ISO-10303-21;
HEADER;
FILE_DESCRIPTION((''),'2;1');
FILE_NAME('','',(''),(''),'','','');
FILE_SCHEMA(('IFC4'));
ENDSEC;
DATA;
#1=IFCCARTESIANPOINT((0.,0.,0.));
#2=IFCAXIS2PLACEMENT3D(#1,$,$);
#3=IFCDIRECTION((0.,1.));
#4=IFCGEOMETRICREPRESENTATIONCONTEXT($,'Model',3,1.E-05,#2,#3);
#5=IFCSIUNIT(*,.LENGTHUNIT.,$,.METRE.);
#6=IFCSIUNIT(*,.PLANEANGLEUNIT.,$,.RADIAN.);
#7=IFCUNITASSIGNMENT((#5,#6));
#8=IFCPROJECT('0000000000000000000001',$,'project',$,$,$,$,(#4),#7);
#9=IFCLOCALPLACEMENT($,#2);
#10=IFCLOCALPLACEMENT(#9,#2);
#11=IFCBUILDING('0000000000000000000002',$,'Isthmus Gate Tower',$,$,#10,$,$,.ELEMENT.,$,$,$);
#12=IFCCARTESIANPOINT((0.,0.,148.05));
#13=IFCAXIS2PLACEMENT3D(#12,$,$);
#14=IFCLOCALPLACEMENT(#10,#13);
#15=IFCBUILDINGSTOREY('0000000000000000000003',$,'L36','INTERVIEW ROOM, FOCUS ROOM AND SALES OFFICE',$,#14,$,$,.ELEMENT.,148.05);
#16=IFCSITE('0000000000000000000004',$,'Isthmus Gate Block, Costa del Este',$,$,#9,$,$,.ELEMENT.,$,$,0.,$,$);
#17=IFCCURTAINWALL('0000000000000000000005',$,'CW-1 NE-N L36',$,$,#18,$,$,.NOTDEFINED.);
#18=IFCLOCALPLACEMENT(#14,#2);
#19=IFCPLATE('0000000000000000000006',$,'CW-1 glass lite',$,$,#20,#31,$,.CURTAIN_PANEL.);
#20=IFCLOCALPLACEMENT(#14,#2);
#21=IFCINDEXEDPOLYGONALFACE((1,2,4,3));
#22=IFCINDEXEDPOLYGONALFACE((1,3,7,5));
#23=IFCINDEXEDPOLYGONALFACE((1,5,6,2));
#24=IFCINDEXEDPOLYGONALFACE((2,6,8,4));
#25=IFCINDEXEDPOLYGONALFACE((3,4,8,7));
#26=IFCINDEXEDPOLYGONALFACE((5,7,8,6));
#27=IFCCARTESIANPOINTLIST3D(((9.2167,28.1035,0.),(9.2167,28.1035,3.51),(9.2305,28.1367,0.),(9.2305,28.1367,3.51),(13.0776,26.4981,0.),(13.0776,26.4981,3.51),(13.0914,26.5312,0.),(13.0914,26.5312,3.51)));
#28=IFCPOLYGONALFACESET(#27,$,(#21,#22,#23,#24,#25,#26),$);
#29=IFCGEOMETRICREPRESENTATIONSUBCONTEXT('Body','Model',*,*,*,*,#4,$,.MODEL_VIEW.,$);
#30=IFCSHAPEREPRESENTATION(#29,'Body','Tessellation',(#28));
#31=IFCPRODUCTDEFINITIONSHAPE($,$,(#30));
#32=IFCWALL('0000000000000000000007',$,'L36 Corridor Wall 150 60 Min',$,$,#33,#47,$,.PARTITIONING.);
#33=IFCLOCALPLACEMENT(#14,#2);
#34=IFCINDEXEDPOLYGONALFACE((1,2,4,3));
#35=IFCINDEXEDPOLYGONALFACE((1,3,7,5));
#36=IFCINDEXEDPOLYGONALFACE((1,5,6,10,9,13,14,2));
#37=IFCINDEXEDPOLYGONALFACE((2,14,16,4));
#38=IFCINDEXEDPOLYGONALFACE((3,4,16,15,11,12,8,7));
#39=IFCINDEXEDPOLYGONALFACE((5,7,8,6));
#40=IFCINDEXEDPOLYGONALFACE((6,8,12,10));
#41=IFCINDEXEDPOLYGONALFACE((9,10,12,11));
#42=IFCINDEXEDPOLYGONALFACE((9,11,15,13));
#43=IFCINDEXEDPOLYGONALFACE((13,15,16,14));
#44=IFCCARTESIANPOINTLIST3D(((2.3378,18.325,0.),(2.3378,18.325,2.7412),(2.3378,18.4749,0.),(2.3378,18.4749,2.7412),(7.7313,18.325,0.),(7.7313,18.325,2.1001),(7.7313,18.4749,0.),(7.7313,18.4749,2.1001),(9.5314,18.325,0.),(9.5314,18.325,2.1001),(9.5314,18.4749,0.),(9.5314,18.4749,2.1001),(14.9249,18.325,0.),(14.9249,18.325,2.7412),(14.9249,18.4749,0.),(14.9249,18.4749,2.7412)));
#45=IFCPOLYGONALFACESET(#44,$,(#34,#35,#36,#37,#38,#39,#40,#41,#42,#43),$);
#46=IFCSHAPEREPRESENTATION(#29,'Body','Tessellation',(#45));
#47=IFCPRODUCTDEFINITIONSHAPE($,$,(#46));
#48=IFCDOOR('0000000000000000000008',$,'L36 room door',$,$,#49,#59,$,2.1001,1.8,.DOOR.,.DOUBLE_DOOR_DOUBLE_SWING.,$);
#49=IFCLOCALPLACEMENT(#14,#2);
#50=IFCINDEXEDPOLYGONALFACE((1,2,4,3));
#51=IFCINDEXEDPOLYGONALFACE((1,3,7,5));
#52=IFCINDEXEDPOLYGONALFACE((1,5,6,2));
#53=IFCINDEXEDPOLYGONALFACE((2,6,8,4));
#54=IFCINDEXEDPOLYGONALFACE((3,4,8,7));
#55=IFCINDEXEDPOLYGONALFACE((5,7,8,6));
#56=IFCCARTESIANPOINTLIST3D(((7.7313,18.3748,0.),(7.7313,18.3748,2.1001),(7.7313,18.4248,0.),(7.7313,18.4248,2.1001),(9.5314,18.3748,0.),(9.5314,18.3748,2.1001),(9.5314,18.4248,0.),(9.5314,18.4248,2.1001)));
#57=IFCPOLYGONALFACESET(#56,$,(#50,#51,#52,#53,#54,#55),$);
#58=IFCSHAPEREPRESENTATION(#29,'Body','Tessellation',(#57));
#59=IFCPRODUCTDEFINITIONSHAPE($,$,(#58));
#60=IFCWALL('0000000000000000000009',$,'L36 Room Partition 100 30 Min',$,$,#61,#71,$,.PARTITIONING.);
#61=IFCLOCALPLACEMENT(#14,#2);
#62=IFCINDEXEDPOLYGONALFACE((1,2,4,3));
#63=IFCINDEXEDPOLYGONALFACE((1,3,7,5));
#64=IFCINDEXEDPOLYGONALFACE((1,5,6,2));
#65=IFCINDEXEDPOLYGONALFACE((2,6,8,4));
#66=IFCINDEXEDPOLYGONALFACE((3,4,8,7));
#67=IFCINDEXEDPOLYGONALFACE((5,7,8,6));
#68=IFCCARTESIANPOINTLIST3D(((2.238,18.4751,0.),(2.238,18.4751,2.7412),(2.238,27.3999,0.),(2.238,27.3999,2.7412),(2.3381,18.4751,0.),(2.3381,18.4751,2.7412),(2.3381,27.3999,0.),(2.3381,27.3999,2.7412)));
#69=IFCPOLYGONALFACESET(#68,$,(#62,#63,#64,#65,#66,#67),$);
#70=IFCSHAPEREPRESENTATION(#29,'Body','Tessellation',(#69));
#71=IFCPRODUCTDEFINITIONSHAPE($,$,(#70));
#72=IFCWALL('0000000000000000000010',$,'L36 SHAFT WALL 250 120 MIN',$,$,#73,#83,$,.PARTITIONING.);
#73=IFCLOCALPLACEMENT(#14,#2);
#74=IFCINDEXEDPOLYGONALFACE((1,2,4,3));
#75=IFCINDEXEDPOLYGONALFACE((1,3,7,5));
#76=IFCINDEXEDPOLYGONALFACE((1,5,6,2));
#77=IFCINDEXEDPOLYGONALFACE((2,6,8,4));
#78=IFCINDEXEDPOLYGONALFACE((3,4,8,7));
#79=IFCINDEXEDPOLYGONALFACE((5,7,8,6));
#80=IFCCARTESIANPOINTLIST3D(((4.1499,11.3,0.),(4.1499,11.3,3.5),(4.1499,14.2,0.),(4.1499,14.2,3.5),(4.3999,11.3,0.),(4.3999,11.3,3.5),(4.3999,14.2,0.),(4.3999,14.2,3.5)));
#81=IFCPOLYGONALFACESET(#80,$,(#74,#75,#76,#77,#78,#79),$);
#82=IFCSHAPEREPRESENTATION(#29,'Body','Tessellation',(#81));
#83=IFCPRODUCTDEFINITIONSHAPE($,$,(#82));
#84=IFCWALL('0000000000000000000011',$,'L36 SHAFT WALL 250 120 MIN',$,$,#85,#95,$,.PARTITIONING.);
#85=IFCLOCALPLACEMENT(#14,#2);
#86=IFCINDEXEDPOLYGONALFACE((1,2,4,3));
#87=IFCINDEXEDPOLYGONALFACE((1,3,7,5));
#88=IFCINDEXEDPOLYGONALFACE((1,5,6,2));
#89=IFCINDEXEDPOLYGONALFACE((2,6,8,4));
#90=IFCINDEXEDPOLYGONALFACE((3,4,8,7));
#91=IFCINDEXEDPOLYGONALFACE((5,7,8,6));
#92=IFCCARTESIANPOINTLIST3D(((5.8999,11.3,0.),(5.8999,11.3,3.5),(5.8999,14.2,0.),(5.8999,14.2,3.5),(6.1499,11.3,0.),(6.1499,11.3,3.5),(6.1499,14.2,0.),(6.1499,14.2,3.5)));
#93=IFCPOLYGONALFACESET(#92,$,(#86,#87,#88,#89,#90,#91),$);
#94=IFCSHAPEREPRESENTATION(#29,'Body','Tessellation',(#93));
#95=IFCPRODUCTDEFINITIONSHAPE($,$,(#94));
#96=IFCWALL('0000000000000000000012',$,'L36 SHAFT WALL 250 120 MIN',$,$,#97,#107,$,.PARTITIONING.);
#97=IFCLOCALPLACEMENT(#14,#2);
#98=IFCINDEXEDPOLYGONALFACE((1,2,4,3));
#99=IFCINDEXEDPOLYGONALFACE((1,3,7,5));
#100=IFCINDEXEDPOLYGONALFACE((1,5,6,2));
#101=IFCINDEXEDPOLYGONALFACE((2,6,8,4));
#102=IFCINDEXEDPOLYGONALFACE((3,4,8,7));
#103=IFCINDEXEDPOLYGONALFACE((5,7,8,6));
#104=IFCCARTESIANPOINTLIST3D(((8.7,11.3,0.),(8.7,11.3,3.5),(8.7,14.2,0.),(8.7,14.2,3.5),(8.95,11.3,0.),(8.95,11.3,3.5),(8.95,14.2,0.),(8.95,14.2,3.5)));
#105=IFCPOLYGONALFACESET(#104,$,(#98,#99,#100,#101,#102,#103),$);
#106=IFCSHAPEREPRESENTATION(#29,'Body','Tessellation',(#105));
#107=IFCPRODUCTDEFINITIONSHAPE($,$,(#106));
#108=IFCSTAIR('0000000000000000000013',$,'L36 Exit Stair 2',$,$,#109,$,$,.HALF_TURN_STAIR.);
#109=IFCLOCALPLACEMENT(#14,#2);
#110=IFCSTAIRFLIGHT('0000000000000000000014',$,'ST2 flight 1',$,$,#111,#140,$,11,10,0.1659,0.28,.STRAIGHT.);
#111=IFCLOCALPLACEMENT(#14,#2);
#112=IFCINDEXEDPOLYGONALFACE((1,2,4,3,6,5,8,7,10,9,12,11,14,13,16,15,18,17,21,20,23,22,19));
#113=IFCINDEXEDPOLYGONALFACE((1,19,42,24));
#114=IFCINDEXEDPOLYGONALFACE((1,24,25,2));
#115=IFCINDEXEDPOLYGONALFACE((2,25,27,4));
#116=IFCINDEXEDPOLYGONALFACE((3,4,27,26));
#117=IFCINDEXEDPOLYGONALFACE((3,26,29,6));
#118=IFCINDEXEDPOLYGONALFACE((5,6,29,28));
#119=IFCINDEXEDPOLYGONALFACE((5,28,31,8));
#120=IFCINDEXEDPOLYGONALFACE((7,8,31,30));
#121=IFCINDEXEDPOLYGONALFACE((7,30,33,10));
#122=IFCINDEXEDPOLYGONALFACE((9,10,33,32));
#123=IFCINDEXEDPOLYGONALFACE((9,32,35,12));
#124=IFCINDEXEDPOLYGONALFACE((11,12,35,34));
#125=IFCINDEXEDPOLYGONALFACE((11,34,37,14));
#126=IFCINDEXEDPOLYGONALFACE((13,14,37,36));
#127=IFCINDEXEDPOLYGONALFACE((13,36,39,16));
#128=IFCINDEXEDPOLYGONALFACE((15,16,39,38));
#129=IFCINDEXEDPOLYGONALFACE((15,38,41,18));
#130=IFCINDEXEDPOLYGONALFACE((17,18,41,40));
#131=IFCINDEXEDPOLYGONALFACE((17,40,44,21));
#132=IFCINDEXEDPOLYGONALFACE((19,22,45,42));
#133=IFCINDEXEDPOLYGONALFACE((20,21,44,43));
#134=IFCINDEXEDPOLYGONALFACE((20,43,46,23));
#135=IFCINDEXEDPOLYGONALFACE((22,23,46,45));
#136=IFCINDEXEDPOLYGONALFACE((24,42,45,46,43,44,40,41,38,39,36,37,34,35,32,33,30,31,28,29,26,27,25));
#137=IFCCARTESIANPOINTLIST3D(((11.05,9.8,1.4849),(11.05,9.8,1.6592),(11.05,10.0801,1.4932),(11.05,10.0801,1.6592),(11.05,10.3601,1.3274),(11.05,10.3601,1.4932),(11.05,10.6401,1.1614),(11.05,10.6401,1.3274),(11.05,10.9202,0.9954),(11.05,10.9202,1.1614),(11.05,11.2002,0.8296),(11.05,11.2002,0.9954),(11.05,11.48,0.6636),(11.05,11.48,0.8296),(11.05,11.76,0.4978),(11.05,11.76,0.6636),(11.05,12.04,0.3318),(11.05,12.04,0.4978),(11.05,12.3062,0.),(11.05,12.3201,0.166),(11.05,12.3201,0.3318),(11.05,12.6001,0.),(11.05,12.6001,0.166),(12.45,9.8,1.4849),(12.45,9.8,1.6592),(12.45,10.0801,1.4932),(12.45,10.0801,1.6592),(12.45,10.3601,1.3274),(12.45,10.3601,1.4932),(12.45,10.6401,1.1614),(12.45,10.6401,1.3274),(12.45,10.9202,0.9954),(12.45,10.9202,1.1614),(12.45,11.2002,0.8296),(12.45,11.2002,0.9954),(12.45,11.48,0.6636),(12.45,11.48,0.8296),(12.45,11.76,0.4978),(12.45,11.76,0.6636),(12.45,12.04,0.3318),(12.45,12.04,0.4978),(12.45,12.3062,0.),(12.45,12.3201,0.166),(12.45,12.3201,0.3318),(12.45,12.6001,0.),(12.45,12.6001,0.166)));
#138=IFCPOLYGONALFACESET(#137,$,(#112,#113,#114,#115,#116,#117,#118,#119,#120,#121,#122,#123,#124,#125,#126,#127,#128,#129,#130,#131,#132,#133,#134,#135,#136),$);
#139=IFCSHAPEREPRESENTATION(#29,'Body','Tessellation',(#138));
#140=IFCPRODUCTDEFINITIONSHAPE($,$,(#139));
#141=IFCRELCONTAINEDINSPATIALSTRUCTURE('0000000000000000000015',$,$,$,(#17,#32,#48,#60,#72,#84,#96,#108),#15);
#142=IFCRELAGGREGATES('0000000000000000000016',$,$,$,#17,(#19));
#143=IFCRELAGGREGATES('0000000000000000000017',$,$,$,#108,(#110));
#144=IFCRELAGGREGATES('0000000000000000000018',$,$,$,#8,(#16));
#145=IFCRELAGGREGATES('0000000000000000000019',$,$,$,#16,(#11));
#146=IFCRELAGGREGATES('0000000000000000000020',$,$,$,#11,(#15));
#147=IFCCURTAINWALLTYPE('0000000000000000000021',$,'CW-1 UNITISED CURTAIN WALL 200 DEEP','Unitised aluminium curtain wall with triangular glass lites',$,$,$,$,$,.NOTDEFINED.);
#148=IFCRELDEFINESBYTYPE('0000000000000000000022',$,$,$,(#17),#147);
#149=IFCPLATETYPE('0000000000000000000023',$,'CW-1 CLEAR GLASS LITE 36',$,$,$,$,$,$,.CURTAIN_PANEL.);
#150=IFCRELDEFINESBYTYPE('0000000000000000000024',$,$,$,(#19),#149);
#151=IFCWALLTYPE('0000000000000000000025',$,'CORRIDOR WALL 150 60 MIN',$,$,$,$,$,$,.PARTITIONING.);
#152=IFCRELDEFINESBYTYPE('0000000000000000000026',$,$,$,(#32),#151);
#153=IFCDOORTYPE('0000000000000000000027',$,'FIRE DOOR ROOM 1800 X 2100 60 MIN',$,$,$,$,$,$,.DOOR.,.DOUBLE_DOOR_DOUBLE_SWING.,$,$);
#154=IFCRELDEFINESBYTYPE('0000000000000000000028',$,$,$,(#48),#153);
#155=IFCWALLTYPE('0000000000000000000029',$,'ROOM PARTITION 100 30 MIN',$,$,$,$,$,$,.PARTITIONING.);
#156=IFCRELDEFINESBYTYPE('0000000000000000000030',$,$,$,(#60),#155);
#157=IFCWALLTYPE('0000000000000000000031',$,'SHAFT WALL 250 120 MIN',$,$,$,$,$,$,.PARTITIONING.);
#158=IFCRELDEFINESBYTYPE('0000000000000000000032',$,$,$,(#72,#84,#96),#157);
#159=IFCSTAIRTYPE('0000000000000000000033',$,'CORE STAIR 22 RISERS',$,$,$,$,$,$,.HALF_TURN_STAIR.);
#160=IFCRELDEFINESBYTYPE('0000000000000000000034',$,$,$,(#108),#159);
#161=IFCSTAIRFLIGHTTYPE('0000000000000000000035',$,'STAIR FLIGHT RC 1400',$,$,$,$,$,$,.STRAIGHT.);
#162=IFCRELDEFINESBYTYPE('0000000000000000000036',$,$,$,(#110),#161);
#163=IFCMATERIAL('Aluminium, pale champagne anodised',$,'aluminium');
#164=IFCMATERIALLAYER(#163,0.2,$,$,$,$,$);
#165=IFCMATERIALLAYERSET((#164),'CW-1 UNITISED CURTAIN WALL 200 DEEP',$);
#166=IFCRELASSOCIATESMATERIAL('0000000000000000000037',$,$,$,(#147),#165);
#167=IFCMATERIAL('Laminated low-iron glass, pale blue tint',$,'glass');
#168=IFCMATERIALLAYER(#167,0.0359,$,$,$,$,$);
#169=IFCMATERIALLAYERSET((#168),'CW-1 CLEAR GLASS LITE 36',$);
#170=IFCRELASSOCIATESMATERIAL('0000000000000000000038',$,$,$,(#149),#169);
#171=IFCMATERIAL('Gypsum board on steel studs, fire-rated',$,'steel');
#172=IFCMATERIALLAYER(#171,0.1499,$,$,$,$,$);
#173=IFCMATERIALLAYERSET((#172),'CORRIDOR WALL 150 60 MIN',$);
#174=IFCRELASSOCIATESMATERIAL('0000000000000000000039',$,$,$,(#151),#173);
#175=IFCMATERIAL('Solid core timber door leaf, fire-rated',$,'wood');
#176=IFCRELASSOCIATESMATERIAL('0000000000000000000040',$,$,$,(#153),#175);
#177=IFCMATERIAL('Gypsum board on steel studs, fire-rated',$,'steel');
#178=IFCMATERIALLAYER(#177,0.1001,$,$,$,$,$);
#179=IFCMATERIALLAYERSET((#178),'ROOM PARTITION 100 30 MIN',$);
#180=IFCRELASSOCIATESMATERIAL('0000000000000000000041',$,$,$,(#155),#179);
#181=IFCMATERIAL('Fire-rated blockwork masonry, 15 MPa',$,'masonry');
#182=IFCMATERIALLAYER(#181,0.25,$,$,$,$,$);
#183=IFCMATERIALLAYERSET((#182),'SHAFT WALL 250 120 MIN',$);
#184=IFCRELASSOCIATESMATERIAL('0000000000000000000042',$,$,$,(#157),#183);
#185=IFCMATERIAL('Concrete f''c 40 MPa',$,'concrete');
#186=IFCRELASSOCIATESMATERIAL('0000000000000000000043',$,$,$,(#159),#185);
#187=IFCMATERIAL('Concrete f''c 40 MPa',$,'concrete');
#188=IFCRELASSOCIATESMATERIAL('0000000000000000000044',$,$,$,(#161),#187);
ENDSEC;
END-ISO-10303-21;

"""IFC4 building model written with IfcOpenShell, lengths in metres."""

from ifc_helpers import new_model, si_unit, direction, frame, frame_2d, origin, origin_2d, place, context, subcontext, project, spatial, polyline, rectangle, outline, extrude, material, layer, layer_set, type_object, element, fill, aggregate, save


model = new_model("IFC4")

# Units and contexts
model_context = context("Model", 3, precision=1e-05, world=origin(), true_north=direction((0.0, 1.0)))
body_context = subcontext(model_context, "Body", "Model", "MODEL_VIEW")
ifc_project = project(units=[si_unit("LENGTHUNIT", "METRE"), si_unit("PLANEANGLEUNIT", "RADIAN")], contexts=[model_context])

# Site, building, storey
site_placement = place(None, origin())
site = spatial("IfcSite", under=ifc_project, at=site_placement, Name="Isthmus Gate Block, Costa del Este", CompositionType="ELEMENT", RefElevation=0.0)
building_placement = place(site_placement, origin())
building = spatial("IfcBuilding", under=site, at=building_placement, Name="Isthmus Gate Tower", CompositionType="ELEMENT")
storey_placement = place(building_placement, frame((0.0, 0.0, 148.05)))
storey = spatial("IfcBuildingStorey", under=building, at=storey_placement, Name="L36", Description="INTERVIEW ROOM, FOCUS ROOM AND SALES OFFICE", CompositionType="ELEMENT", Elevation=148.05)

# Shared definitions
ifc_material_1 = material(Name="Aluminium, pale champagne anodised", Category="aluminium")
ifc_layer_1 = layer(ifc_material_1, 0.2)
ifc_layer_set_1 = layer_set([ifc_layer_1], Name="CW-1 UNITISED CURTAIN WALL 200 DEEP")
curtain_wall_type = type_object("IfcCurtainWallType", Name="CW-1 UNITISED CURTAIN WALL 200 DEEP", Description="Unitised aluminium curtain wall with triangular glass lites", PredefinedType="NOTDEFINED", material=ifc_layer_set_1)

# Curtain wall
curtain_wall_1_placement = place(storey_placement, origin())
curtain_wall_1 = element("IfcCurtainWall", 1, at=curtain_wall_1_placement, inside=storey, type_object=curtain_wall_type, Name="CW-1 NE-N L36", PredefinedType="NOTDEFINED")

# Plate
ifc_material_2 = material(Name="Laminated low-iron glass, pale blue tint", Category="glass")
ifc_layer_2 = layer(ifc_material_2, 0.0359)
ifc_layer_set_2 = layer_set([ifc_layer_2], Name="CW-1 CLEAR GLASS LITE 36")
plate_type = type_object("IfcPlateType", Name="CW-1 CLEAR GLASS LITE 36", PredefinedType="CURTAIN_PANEL", material=ifc_layer_set_2)
plate_1_placement = place(storey_placement, frame((11.1541, 27.3174, 0.0), z_axis=(0.0, 0.0, 1.0), x_axis=(-0.923353, 0.383952, 0.0)))
plate_1 = element("IfcPlate", 2, at=plate_1_placement, type_object=plate_type, Name="CW-1 glass lite", PredefinedType="CURTAIN_PANEL", context=body_context, shape_type="SweptSolid", body=[
    extrude(rectangle(XDim=4.1814, YDim=0.0359, at=origin_2d()), origin(), (0.0, 0.0, 1.0), 3.51),
])
aggregate(curtain_wall_1, [plate_1])

# Wall, opening, door
ifc_material_3 = material(Name="Gypsum board on steel studs, fire-rated", Category="steel")
ifc_layer_3 = layer(ifc_material_3, 0.1499)
ifc_layer_set_3 = layer_set([ifc_layer_3], Name="CORRIDOR WALL 150 60 MIN")
wall_type_1 = type_object("IfcWallType", Name="CORRIDOR WALL 150 60 MIN", PredefinedType="PARTITIONING", material=ifc_layer_set_3)
wall_1_placement = place(storey_placement, frame((2.3379, 18.3999, 0.0), z_axis=(0.0, 0.0, 1.0), x_axis=(1.0, 0.0, 0.0)))
wall_1 = element("IfcWall", 3, at=wall_1_placement, inside=storey, type_object=wall_type_1, Name="L36 Corridor Wall 150 60 Min", PredefinedType="PARTITIONING", context=body_context, shape_type="SweptSolid", body=[
    extrude(rectangle(XDim=12.5872, YDim=0.1499, at=frame_2d((6.2935, 0.0))), origin(), (0.0, 0.0, 1.0), 2.7412),
])
opening_placement = place(wall_1_placement, frame((5.3936, 0.0, 0.0)))
opening = element("IfcOpeningElement", 4, at=opening_placement, cuts=wall_1, PredefinedType="OPENING", context=body_context, shape_type="SweptSolid", body=[
    extrude(rectangle(XDim=1.8, YDim=2.1001, at=frame_2d((0.8999, 1.05))), frame((0.0, 0.085, 0.0), z_axis=(0.0, -1.0, 0.0), x_axis=(1.0, 0.0, 0.0)), (0.0, 0.0, 1.0), 0.1699),
])
ifc_material_4 = material(Name="Solid core timber door leaf, fire-rated", Category="wood")
door_type = type_object("IfcDoorType", Name="FIRE DOOR ROOM 1800 X 2100 60 MIN", OperationType="DOUBLE_DOOR_DOUBLE_SWING", PredefinedType="DOOR", material=ifc_material_4)
door_placement = place(opening_placement, origin())
door = element("IfcDoor", 5, at=door_placement, inside=storey, type_object=door_type, Name="L36 room door", OperationType="DOUBLE_DOOR_DOUBLE_SWING", OverallHeight=2.1001, OverallWidth=1.8, PredefinedType="DOOR", context=body_context, shape_type="SweptSolid", body=[
    extrude(rectangle(XDim=1.8, YDim=2.1001, at=frame_2d((0.8999, 1.05))), frame((0.0, 0.0249, 0.0), z_axis=(0.0, -1.0, 0.0), x_axis=(1.0, 0.0, 0.0)), (0.0, 0.0, 1.0), 0.05),
])
fill(opening, door)

# Walls
ifc_material_5 = material(Name="Gypsum board on steel studs, fire-rated", Category="steel")
ifc_layer_4 = layer(ifc_material_5, 0.1001)
ifc_layer_set_4 = layer_set([ifc_layer_4], Name="ROOM PARTITION 100 30 MIN")
wall_type_2 = type_object("IfcWallType", Name="ROOM PARTITION 100 30 MIN", PredefinedType="PARTITIONING", material=ifc_layer_set_4)
wall_2_placement = place(storey_placement, frame((2.2881, 18.4751, 0.0), z_axis=(0.0, 0.0, 1.0), x_axis=(0.0, 1.0, 0.0)))
element("IfcWall", 6, at=wall_2_placement, inside=storey, type_object=wall_type_2, Name="L36 Room Partition 100 30 Min", PredefinedType="PARTITIONING", context=body_context, shape_type="SweptSolid", body=[
    extrude(rectangle(XDim=8.9248, YDim=0.1001, at=frame_2d((4.4624, 0.0))), origin(), (0.0, 0.0, 1.0), 2.7412),
])
ifc_material_6 = material(Name="Fire-rated blockwork masonry, 15 MPa", Category="masonry")
ifc_layer_5 = layer(ifc_material_6, 0.25)
ifc_layer_set_5 = layer_set([ifc_layer_5], Name="SHAFT WALL 250 120 MIN")
wall_type_3 = type_object("IfcWallType", Name="SHAFT WALL 250 120 MIN", PredefinedType="PARTITIONING", material=ifc_layer_set_5)
for number, where, z_axis, x_axis, name in (
    (7, (4.2749, 11.3, 0.0), (0.0, 0.0, 1.0), (0.0, 1.0, 0.0), "L36 SHAFT WALL 250 120 MIN"),
    (8, (6.0249, 11.3, 0.0), (0.0, 0.0, 1.0), (0.0, 1.0, 0.0), "L36 SHAFT WALL 250 120 MIN"),
    (9, (8.825, 11.3, 0.0), (0.0, 0.0, 1.0), (0.0, 1.0, 0.0), "L36 SHAFT WALL 250 120 MIN"),
):
    element("IfcWall", number, at=place(storey_placement, frame(where, z_axis=z_axis, x_axis=x_axis)), inside=storey, type_object=wall_type_3, Name=name, PredefinedType="PARTITIONING", context=body_context, shape_type="SweptSolid", body=[
        extrude(rectangle(XDim=2.8999, YDim=0.25, at=frame_2d((1.45, 0.0))), origin(), (0.0, 0.0, 1.0), 3.5),
    ])

# Stair, stair flight
ifc_material_7 = material(Name="Concrete f'c 40 MPa", Category="concrete")
stair_type = type_object("IfcStairType", Name="CORE STAIR 22 RISERS", PredefinedType="HALF_TURN_STAIR", material=ifc_material_7)
stair_placement = place(storey_placement, origin())
stair = element("IfcStair", 10, at=stair_placement, inside=storey, type_object=stair_type, Name="L36 Exit Stair 2", PredefinedType="HALF_TURN_STAIR")
ifc_material_8 = material(Name="Concrete f'c 40 MPa", Category="concrete")
stair_flight_type = type_object("IfcStairFlightType", Name="STAIR FLIGHT RC 1400", PredefinedType="STRAIGHT", material=ifc_material_8)
stair_flight_placement = place(storey_placement, frame((11.75, 12.6001, 0.0), z_axis=(0.0, 0.0, 1.0), x_axis=(0.0, -1.0, 0.0)))
stair_flight = element("IfcStairFlight", 11, at=stair_flight_placement, type_object=stair_flight_type, Name="ST2 flight 1", NumberOfRisers=11, NumberOfTreads=10, PredefinedType="STRAIGHT", RiserHeight=0.1659, TreadLength=0.28, context=body_context, shape_type="SweptSolid", body=[
    extrude(outline(polyline([(0.0, 0.0), (0.0, 0.166), (0.28, 0.166), (0.28, 0.3318), (0.5601, 0.3318), (0.5601, 0.4978), (0.8401, 0.4978), (0.8401, 0.6636), (1.1201, 0.6636), (1.1201, 0.8296), (1.3999, 0.8296), (1.3999, 0.9954), (1.6799, 0.9954), (1.6799, 1.1614), (1.96, 1.1614), (1.96, 1.3274), (2.24, 1.3274), (2.24, 1.4932), (2.52, 1.4932), (2.52, 1.6592), (2.8, 1.6592), (2.8, 1.825), (2.8, 1.4849), (0.2939, 0.0), (0.0, 0.0)])), frame((0.0, 0.7, 0.0), z_axis=(0.0, -1.0, 0.0), x_axis=(1.0, 0.0, 0.0)), (0.0, 0.0, 1.0), 1.3999),
])
aggregate(stair, [stair_flight])

save(model, "model.ifc")
